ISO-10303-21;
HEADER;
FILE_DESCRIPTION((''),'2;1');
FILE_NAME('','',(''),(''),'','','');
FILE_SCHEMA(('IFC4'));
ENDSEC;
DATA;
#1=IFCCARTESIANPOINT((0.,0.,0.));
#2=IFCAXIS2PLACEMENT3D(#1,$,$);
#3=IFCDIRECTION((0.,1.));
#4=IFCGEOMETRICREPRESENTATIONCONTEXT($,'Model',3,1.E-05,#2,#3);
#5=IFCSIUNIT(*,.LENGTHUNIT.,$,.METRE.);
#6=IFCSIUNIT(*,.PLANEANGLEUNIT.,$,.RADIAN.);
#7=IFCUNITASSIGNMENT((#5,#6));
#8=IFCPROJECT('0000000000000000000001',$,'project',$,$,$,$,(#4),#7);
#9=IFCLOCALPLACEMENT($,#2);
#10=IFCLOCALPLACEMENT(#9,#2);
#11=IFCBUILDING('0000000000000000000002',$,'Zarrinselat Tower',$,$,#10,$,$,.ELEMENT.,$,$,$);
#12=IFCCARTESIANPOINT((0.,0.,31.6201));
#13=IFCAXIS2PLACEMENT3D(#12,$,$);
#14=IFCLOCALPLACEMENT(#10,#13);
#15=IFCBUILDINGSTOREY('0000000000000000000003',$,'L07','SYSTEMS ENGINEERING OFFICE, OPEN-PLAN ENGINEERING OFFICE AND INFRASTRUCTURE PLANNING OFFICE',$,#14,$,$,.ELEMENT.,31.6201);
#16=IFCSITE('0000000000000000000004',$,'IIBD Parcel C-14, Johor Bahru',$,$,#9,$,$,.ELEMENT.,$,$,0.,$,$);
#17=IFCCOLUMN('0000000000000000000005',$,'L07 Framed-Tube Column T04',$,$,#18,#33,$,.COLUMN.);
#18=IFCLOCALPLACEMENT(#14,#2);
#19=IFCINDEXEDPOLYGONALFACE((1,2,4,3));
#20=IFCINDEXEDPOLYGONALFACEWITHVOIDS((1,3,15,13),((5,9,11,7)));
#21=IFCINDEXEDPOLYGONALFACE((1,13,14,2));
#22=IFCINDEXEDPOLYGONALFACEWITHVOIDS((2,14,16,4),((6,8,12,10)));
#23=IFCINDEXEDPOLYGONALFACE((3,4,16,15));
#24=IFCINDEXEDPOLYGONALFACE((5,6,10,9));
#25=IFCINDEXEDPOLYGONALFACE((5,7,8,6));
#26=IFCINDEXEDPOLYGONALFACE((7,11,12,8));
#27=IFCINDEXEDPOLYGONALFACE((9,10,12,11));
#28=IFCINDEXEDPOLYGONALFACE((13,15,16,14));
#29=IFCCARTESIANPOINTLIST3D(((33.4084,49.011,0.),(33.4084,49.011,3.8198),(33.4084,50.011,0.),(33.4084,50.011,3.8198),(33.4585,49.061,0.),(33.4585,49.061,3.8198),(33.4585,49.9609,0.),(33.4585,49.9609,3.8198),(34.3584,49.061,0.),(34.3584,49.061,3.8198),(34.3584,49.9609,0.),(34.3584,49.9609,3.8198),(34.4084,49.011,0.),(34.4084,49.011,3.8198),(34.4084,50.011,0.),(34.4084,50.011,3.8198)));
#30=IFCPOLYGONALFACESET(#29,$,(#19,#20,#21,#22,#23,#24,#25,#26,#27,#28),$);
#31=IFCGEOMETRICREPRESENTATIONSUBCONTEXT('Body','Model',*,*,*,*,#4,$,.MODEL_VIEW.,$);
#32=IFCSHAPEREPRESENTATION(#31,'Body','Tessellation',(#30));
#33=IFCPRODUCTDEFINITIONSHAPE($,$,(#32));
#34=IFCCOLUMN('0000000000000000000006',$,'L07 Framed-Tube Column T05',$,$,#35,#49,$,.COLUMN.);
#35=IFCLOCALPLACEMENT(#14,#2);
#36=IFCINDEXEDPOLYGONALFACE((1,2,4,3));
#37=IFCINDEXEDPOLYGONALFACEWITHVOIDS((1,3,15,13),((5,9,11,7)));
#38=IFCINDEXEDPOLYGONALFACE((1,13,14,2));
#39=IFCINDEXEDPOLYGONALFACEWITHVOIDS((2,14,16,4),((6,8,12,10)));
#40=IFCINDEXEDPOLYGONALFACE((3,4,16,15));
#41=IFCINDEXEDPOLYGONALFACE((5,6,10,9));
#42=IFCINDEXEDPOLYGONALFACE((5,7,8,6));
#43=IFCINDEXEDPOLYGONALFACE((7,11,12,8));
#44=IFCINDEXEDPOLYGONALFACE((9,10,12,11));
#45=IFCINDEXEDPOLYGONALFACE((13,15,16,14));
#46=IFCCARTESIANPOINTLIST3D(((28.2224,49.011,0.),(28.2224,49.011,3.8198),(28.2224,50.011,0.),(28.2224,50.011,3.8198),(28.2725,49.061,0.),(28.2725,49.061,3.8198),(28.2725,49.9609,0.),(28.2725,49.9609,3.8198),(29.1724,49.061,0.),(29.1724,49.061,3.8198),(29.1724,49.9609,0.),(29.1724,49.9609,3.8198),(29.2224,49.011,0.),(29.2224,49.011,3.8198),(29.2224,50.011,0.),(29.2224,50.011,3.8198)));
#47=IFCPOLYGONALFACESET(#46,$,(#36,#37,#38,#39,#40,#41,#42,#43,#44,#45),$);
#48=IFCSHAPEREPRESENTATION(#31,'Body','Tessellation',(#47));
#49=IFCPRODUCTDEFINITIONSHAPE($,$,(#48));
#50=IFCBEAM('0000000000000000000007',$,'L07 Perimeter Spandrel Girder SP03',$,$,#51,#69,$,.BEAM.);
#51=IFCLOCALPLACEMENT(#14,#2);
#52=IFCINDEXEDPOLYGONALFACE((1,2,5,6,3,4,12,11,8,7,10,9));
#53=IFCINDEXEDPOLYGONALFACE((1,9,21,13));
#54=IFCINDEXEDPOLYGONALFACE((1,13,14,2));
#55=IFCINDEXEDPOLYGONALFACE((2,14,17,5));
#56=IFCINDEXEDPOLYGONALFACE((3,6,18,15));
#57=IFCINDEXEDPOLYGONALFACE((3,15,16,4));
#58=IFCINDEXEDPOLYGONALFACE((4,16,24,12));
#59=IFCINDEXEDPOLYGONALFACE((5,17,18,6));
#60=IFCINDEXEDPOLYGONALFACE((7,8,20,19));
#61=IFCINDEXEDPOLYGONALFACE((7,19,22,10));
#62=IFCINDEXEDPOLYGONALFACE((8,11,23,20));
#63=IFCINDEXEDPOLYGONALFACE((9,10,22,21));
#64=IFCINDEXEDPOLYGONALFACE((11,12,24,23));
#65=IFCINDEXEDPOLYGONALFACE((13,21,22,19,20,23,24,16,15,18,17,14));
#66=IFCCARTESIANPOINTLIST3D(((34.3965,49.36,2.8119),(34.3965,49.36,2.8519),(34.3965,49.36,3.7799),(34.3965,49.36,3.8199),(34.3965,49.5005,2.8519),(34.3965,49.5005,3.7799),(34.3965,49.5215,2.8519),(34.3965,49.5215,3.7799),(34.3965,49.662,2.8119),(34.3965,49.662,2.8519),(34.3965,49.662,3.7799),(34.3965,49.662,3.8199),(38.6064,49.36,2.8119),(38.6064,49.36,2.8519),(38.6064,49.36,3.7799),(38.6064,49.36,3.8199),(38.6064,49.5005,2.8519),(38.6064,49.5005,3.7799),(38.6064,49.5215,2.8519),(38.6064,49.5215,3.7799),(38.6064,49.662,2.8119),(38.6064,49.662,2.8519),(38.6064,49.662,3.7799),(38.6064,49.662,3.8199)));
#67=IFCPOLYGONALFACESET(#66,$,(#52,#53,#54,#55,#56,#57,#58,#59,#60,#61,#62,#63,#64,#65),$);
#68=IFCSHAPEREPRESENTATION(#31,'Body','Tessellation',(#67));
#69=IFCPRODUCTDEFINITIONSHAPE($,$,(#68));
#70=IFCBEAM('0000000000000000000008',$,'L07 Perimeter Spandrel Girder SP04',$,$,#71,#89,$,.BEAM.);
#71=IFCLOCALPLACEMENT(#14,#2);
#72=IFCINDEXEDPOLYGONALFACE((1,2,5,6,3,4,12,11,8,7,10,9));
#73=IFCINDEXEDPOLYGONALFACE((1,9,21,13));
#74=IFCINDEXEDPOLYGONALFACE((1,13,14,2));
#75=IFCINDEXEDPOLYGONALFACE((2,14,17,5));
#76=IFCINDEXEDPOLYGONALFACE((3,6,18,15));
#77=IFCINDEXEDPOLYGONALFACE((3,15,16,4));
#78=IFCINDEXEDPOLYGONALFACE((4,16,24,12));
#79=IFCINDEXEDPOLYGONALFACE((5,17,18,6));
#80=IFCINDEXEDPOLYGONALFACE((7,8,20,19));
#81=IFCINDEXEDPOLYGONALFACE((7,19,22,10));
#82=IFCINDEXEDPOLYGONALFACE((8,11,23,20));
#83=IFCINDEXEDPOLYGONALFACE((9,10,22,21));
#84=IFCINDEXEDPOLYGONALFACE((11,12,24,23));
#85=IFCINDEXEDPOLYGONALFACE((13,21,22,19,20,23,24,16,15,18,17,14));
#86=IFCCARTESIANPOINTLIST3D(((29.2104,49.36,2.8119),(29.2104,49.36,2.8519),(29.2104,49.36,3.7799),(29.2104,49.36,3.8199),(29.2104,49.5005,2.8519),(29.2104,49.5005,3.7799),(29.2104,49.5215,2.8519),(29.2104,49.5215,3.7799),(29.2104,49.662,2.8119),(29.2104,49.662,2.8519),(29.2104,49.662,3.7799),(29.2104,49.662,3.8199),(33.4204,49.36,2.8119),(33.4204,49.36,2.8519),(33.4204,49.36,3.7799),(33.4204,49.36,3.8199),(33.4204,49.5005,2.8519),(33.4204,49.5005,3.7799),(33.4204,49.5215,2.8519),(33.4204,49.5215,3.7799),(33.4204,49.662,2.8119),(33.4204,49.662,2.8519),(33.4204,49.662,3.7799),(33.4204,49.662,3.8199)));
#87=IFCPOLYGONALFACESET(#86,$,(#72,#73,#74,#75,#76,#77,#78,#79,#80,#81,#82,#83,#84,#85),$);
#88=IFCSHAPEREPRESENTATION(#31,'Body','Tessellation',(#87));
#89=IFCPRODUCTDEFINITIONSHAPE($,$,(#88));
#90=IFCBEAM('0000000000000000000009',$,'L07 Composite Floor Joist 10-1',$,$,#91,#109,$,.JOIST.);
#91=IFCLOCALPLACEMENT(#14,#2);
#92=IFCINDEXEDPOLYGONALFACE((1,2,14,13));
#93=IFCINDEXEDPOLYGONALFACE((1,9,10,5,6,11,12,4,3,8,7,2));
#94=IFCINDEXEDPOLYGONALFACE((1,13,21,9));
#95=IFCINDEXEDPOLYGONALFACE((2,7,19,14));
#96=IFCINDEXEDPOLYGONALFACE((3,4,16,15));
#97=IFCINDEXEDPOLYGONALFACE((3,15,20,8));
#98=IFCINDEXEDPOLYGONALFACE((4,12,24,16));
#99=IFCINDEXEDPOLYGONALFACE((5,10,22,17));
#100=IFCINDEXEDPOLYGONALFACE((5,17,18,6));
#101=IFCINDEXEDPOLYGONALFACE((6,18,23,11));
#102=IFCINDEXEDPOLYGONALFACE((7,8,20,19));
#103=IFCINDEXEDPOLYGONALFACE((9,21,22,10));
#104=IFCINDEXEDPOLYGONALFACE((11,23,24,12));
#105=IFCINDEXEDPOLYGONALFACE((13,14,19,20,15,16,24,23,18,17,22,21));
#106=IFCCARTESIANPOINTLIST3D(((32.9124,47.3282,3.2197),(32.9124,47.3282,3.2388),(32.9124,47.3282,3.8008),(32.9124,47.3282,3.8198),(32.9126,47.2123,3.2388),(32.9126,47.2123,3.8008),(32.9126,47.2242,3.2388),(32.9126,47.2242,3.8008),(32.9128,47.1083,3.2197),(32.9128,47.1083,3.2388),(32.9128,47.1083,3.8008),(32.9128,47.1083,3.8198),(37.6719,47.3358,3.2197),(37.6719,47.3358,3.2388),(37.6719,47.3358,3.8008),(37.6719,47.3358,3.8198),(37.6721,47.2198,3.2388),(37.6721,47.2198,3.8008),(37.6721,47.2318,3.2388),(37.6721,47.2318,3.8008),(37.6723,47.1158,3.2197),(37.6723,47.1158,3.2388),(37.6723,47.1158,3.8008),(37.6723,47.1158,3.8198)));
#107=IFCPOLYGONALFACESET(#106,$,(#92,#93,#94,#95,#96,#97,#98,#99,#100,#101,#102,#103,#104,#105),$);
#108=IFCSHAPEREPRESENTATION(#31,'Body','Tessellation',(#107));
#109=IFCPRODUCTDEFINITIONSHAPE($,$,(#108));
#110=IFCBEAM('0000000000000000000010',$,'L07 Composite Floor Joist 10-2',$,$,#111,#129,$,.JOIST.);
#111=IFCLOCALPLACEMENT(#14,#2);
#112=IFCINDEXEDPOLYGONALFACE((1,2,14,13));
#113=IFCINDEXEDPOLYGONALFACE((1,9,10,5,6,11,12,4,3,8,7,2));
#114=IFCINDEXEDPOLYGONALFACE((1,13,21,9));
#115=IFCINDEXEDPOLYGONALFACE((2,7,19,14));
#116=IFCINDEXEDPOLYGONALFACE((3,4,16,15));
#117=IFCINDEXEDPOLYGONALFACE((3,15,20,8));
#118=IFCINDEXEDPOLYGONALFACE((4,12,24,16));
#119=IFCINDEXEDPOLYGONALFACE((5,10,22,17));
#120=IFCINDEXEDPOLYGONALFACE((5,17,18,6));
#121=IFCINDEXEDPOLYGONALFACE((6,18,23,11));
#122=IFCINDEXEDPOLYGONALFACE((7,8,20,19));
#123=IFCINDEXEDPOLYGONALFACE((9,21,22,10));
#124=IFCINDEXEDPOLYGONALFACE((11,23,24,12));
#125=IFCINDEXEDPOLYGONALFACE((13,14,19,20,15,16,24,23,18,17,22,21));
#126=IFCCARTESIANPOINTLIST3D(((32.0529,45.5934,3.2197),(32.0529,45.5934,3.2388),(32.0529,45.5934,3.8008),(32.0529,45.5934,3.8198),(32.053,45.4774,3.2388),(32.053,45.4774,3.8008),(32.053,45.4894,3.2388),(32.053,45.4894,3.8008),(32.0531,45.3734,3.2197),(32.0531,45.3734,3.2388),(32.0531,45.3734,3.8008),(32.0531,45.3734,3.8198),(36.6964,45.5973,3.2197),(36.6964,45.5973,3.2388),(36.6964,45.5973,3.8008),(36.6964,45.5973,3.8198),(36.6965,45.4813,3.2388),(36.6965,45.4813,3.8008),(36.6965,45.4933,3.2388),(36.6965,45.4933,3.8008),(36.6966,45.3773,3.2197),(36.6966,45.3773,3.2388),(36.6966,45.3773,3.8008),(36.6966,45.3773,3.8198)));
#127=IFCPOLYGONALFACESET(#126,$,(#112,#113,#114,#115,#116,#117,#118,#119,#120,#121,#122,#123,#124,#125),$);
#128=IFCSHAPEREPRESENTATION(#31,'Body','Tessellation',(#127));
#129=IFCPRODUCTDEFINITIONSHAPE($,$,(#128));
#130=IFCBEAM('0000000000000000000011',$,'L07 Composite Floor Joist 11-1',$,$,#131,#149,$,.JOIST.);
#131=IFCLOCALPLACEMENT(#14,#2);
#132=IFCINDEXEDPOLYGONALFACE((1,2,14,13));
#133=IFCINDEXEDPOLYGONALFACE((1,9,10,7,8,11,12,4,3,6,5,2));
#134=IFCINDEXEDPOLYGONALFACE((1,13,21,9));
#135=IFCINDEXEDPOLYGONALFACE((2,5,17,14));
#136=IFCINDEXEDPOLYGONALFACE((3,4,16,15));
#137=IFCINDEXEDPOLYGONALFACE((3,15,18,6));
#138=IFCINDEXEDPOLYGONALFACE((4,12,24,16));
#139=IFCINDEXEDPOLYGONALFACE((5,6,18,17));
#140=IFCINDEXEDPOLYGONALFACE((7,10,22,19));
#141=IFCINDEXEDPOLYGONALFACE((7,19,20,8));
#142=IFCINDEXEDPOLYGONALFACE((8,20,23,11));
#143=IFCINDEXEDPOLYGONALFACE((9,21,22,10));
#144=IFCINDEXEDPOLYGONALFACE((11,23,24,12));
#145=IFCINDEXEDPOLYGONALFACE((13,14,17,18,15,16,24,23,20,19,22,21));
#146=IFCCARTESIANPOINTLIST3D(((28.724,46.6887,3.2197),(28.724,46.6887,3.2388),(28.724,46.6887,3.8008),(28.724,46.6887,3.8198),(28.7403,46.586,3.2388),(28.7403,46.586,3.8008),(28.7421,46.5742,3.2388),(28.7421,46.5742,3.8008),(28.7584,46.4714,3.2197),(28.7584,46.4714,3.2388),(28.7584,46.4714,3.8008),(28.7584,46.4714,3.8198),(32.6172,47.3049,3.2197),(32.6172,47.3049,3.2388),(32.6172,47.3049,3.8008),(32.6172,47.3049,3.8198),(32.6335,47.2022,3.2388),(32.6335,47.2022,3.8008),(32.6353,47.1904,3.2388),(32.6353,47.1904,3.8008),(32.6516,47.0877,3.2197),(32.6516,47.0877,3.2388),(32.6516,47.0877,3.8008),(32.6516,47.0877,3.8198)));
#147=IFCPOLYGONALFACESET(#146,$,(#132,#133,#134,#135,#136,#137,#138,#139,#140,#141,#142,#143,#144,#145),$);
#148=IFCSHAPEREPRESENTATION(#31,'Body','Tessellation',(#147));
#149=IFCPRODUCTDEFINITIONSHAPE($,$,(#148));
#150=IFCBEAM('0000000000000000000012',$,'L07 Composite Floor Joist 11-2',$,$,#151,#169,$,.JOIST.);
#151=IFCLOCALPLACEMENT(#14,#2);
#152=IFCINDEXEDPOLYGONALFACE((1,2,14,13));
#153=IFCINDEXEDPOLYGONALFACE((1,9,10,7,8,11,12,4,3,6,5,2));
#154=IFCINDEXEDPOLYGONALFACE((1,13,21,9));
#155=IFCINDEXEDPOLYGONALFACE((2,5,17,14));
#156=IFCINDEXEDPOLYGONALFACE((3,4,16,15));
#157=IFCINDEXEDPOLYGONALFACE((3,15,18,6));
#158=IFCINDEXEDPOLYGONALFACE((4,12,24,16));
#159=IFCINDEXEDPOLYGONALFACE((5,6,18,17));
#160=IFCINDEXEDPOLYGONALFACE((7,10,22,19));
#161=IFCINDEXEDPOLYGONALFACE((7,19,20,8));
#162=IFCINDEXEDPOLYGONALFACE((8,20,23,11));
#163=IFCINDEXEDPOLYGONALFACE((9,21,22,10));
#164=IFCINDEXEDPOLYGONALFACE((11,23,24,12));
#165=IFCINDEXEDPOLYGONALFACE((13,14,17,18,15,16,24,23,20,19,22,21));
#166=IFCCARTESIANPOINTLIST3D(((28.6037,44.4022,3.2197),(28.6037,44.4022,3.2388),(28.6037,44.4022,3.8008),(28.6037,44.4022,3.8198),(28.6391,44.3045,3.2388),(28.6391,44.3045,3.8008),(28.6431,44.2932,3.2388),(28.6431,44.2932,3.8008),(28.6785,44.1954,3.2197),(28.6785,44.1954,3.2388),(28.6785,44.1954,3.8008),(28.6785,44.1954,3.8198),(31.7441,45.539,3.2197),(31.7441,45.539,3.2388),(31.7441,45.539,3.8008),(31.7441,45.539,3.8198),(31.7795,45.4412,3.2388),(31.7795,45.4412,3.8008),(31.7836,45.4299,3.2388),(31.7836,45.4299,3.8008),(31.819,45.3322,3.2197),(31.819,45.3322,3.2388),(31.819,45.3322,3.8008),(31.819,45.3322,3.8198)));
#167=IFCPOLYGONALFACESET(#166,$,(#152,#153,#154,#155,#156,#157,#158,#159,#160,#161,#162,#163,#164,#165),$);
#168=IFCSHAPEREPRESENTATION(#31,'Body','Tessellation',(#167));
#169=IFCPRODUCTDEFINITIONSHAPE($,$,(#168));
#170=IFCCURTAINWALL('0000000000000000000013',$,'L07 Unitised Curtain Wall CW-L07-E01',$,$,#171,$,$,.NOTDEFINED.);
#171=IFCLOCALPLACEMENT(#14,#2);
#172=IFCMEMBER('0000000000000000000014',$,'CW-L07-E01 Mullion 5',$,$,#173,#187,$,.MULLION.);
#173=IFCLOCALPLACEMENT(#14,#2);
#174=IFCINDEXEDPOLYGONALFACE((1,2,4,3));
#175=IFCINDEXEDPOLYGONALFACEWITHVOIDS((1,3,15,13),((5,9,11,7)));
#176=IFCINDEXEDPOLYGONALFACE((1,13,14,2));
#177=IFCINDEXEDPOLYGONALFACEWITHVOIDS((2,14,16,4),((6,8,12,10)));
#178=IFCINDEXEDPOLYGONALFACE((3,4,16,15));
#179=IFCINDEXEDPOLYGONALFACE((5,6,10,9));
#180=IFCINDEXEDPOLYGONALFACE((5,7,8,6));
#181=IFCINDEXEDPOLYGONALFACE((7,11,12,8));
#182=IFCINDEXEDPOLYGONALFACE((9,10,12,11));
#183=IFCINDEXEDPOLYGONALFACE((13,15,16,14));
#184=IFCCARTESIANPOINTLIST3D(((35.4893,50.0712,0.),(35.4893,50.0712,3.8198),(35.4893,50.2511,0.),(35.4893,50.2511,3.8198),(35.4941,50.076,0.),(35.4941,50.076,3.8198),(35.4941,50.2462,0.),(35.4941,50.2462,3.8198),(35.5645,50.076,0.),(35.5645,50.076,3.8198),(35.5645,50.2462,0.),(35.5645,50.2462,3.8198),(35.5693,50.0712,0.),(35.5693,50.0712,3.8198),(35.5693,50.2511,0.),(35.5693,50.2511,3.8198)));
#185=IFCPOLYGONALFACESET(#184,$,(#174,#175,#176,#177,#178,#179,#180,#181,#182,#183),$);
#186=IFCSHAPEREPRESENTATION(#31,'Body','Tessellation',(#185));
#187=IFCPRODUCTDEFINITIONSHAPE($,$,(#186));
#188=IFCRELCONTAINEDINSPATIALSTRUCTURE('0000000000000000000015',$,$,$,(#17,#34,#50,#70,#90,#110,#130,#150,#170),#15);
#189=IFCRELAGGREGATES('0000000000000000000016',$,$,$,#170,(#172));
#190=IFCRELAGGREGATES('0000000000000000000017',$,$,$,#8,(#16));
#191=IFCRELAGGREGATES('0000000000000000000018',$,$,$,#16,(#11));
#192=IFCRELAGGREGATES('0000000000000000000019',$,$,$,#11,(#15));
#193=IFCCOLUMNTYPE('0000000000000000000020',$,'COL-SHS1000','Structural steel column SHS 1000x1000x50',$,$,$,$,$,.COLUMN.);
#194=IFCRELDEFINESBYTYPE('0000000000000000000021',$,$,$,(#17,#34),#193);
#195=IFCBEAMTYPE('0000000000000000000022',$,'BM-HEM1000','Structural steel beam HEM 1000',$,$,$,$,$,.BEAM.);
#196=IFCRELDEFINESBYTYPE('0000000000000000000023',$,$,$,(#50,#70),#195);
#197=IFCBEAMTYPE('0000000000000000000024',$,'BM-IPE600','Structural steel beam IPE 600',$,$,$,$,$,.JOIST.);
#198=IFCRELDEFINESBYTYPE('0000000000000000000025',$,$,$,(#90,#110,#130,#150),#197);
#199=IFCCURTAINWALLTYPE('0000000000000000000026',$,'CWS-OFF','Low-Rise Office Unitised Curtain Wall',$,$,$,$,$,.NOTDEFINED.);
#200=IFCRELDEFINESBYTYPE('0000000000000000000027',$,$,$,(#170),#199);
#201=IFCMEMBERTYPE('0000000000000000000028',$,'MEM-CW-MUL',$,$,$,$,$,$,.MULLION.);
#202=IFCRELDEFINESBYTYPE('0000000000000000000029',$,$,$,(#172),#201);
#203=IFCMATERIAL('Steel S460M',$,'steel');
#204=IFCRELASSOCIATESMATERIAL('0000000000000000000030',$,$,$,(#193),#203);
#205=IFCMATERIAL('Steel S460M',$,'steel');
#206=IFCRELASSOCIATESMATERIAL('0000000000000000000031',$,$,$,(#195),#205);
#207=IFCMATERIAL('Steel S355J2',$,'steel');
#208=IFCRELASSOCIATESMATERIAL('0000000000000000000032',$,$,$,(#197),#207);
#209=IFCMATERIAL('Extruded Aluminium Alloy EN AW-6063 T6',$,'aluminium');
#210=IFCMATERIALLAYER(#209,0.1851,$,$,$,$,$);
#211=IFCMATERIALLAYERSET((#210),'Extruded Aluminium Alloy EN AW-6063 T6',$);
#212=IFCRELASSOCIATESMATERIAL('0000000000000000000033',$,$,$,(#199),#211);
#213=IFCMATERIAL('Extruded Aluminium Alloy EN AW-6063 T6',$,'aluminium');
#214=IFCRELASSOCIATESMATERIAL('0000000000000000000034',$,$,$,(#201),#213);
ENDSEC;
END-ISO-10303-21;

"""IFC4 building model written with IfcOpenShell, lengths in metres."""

from ifc_helpers import new_model, si_unit, direction, frame, origin, origin_2d, place, context, subcontext, project, spatial, hollow_rectangle, i_section, extrude, material, layer, layer_set, material_profile, profile_set, type_object, element, aggregate, save


model = new_model("IFC4")

# Units and contexts
model_context = context("Model", 3, precision=1e-05, world=origin(), true_north=direction((0.0, 1.0)))
body_context = subcontext(model_context, "Body", "Model", "MODEL_VIEW")
ifc_project = project(units=[si_unit("LENGTHUNIT", "METRE"), si_unit("PLANEANGLEUNIT", "RADIAN")], contexts=[model_context])

# Site, building, storey
site_placement = place(None, origin())
site = spatial("IfcSite", under=ifc_project, at=site_placement, Name="IIBD Parcel C-14, Johor Bahru", CompositionType="ELEMENT", RefElevation=0.0)
building_placement = place(site_placement, origin())
building = spatial("IfcBuilding", under=site, at=building_placement, Name="Zarrinselat Tower", CompositionType="ELEMENT")
storey_placement = place(building_placement, frame((0.0, 0.0, 31.6201)))
storey = spatial("IfcBuildingStorey", under=building, at=storey_placement, Name="L07", Description="SYSTEMS ENGINEERING OFFICE, OPEN-PLAN ENGINEERING OFFICE AND INFRASTRUCTURE PLANNING OFFICE", CompositionType="ELEMENT", Elevation=31.6201)

# Columns
ifc_material_1 = material(Name="Steel S460M", Category="steel")
ifc_material_profile_1 = material_profile(ifc_material_1, hollow_rectangle(XDim=1.0, YDim=1.0, WallThickness=0.05, at=origin_2d()), Name="SHS 1000x1000x50")
ifc_profile_set_1 = profile_set([ifc_material_profile_1], Name="Steel S460M")
column_type = type_object("IfcColumnType", Name="COL-SHS1000", Description="Structural steel column SHS 1000x1000x50", PredefinedType="COLUMN", material=ifc_profile_set_1)
for number, where, z_axis, x_axis, name in (
    (1, (33.9084, 49.511, 0.0), (0.0, 0.0, 1.0), (1.0, 0.0, 0.0), "L07 Framed-Tube Column T04"),
    (2, (28.7224, 49.511, 0.0), (0.0, 0.0, 1.0), (1.0, 0.0, 0.0), "L07 Framed-Tube Column T05"),
):
    element("IfcColumn", number, at=place(storey_placement, frame(where, z_axis=z_axis, x_axis=x_axis)), inside=storey, type_object=column_type, Name=name, PredefinedType="COLUMN", context=body_context, shape_type="SweptSolid", body=[
        extrude(hollow_rectangle(XDim=1.0, YDim=1.0, WallThickness=0.05, at=origin_2d()), origin(), (0.0, 0.0, 1.0), 3.8198),
    ])

# Beams
ifc_material_2 = material(Name="Steel S460M", Category="steel")
ifc_material_profile_2 = material_profile(ifc_material_2, i_section(OverallWidth=0.302, OverallDepth=1.0081, WebThickness=0.021, FlangeThickness=0.04, at=origin_2d()), Name="HEM 1000")
ifc_profile_set_2 = profile_set([ifc_material_profile_2], Name="Steel S460M")
beam_type_1 = type_object("IfcBeamType", Name="BM-HEM1000", Description="Structural steel beam HEM 1000", PredefinedType="BEAM", material=ifc_profile_set_2)
for number, where, z_axis, x_axis, name in (
    (3, (34.3965, 49.511, 3.3159), (1.0, 0.0, 0.0), (0.0, 1.0, 0.0), "L07 Perimeter Spandrel Girder SP03"),
    (4, (29.2104, 49.511, 3.3159), (1.0, 0.0, 0.0), (0.0, 1.0, 0.0), "L07 Perimeter Spandrel Girder SP04"),
):
    element("IfcBeam", number, at=place(storey_placement, frame(where, z_axis=z_axis, x_axis=x_axis)), inside=storey, type_object=beam_type_1, Name=name, PredefinedType="BEAM", context=body_context, shape_type="SweptSolid", body=[
        extrude(i_section(OverallWidth=0.302, OverallDepth=1.0081, WebThickness=0.021, FlangeThickness=0.04, at=origin_2d()), origin(), (0.0, 0.0, 1.0), 4.21),
    ])
ifc_material_3 = material(Name="Steel S355J2", Category="steel")
ifc_material_profile_3 = material_profile(ifc_material_3, i_section(OverallWidth=0.22, OverallDepth=0.6001, WebThickness=0.012, FlangeThickness=0.019, at=origin_2d()), Name="IPE 600")
ifc_profile_set_3 = profile_set([ifc_material_profile_3], Name="Steel S355J2")
beam_type_2 = type_object("IfcBeamType", Name="BM-IPE600", Description="Structural steel beam IPE 600", PredefinedType="JOIST", material=ifc_profile_set_3)
beam_1_placement = place(storey_placement, frame((32.9126, 47.2183, 3.5198), z_axis=(0.999999, 0.00159, 0.0), x_axis=(-0.00159, 0.999999, 0.0)))
element("IfcBeam", 5, at=beam_1_placement, inside=storey, type_object=beam_type_2, Name="L07 Composite Floor Joist 10-1", PredefinedType="JOIST", context=body_context, shape_type="SweptSolid", body=[
    extrude(i_section(OverallWidth=0.22, OverallDepth=0.6001, WebThickness=0.012, FlangeThickness=0.019, at=origin_2d()), origin(), (0.0, 0.0, 1.0), 4.7595),
])
beam_2_placement = place(storey_placement, frame((32.053, 45.4834, 3.5198), z_axis=(1.0, 0.000841, 0.0), x_axis=(-0.000841, 1.0, 0.0)))
element("IfcBeam", 6, at=beam_2_placement, inside=storey, type_object=beam_type_2, Name="L07 Composite Floor Joist 10-2", PredefinedType="JOIST", context=body_context, shape_type="SweptSolid", body=[
    extrude(i_section(OverallWidth=0.22, OverallDepth=0.6001, WebThickness=0.012, FlangeThickness=0.019, at=origin_2d()), origin(), (0.0, 0.0, 1.0), 4.6436),
])
beam_3_placement = place(storey_placement, frame((28.7412, 46.5801, 3.5198), z_axis=(0.987704, 0.156338, 0.0), x_axis=(-0.156338, 0.987704, 0.0)))
element("IfcBeam", 7, at=beam_3_placement, inside=storey, type_object=beam_type_2, Name="L07 Composite Floor Joist 11-1", PredefinedType="JOIST", context=body_context, shape_type="SweptSolid", body=[
    extrude(i_section(OverallWidth=0.22, OverallDepth=0.6001, WebThickness=0.012, FlangeThickness=0.019, at=origin_2d()), origin(), (0.0, 0.0, 1.0), 3.9417),
])
beam_4_placement = place(storey_placement, frame((28.6411, 44.2988, 3.5198), z_axis=(0.940296, 0.340358, 0.0), x_axis=(-0.340358, 0.940296, 0.0)))
element("IfcBeam", 8, at=beam_4_placement, inside=storey, type_object=beam_type_2, Name="L07 Composite Floor Joist 11-2", PredefinedType="JOIST", context=body_context, shape_type="SweptSolid", body=[
    extrude(i_section(OverallWidth=0.22, OverallDepth=0.6001, WebThickness=0.012, FlangeThickness=0.019, at=origin_2d()), origin(), (0.0, 0.0, 1.0), 3.3398),
])

# Curtain wall, member
ifc_material_4 = material(Name="Extruded Aluminium Alloy EN AW-6063 T6", Category="aluminium")
ifc_layer_1 = layer(ifc_material_4, 0.1851)
ifc_layer_set_1 = layer_set([ifc_layer_1], Name="Extruded Aluminium Alloy EN AW-6063 T6")
curtain_wall_type = type_object("IfcCurtainWallType", Name="CWS-OFF", Description="Low-Rise Office Unitised Curtain Wall", PredefinedType="NOTDEFINED", material=ifc_layer_set_1)
curtain_wall_placement = place(storey_placement, origin())
curtain_wall = element("IfcCurtainWall", 9, at=curtain_wall_placement, inside=storey, type_object=curtain_wall_type, Name="L07 Unitised Curtain Wall CW-L07-E01", PredefinedType="NOTDEFINED")
ifc_material_5 = material(Name="Extruded Aluminium Alloy EN AW-6063 T6", Category="aluminium")
ifc_material_profile_4 = material_profile(ifc_material_5, hollow_rectangle(XDim=0.0801, YDim=0.1799, WallThickness=0.0049, at=origin_2d()), Name="RHS 180x80x5")
ifc_profile_set_4 = profile_set([ifc_material_profile_4], Name="Extruded Aluminium Alloy EN AW-6063 T6")
member_type = type_object("IfcMemberType", Name="MEM-CW-MUL", PredefinedType="MULLION", material=ifc_profile_set_4)
member_1_placement = place(storey_placement, frame((35.5293, 50.1611, 0.0), z_axis=(0.0, 0.0, 1.0), x_axis=(-1.0, 0.0, 0.0)))
member_1 = element("IfcMember", 10, at=member_1_placement, type_object=member_type, Name="CW-L07-E01 Mullion 5", PredefinedType="MULLION", context=body_context, shape_type="SweptSolid", body=[
    extrude(hollow_rectangle(XDim=0.0801, YDim=0.1799, WallThickness=0.0049, at=origin_2d()), origin(), (0.0, 0.0, 1.0), 3.8198),
])
aggregate(curtain_wall, [member_1])

save(model, "model.ifc")
